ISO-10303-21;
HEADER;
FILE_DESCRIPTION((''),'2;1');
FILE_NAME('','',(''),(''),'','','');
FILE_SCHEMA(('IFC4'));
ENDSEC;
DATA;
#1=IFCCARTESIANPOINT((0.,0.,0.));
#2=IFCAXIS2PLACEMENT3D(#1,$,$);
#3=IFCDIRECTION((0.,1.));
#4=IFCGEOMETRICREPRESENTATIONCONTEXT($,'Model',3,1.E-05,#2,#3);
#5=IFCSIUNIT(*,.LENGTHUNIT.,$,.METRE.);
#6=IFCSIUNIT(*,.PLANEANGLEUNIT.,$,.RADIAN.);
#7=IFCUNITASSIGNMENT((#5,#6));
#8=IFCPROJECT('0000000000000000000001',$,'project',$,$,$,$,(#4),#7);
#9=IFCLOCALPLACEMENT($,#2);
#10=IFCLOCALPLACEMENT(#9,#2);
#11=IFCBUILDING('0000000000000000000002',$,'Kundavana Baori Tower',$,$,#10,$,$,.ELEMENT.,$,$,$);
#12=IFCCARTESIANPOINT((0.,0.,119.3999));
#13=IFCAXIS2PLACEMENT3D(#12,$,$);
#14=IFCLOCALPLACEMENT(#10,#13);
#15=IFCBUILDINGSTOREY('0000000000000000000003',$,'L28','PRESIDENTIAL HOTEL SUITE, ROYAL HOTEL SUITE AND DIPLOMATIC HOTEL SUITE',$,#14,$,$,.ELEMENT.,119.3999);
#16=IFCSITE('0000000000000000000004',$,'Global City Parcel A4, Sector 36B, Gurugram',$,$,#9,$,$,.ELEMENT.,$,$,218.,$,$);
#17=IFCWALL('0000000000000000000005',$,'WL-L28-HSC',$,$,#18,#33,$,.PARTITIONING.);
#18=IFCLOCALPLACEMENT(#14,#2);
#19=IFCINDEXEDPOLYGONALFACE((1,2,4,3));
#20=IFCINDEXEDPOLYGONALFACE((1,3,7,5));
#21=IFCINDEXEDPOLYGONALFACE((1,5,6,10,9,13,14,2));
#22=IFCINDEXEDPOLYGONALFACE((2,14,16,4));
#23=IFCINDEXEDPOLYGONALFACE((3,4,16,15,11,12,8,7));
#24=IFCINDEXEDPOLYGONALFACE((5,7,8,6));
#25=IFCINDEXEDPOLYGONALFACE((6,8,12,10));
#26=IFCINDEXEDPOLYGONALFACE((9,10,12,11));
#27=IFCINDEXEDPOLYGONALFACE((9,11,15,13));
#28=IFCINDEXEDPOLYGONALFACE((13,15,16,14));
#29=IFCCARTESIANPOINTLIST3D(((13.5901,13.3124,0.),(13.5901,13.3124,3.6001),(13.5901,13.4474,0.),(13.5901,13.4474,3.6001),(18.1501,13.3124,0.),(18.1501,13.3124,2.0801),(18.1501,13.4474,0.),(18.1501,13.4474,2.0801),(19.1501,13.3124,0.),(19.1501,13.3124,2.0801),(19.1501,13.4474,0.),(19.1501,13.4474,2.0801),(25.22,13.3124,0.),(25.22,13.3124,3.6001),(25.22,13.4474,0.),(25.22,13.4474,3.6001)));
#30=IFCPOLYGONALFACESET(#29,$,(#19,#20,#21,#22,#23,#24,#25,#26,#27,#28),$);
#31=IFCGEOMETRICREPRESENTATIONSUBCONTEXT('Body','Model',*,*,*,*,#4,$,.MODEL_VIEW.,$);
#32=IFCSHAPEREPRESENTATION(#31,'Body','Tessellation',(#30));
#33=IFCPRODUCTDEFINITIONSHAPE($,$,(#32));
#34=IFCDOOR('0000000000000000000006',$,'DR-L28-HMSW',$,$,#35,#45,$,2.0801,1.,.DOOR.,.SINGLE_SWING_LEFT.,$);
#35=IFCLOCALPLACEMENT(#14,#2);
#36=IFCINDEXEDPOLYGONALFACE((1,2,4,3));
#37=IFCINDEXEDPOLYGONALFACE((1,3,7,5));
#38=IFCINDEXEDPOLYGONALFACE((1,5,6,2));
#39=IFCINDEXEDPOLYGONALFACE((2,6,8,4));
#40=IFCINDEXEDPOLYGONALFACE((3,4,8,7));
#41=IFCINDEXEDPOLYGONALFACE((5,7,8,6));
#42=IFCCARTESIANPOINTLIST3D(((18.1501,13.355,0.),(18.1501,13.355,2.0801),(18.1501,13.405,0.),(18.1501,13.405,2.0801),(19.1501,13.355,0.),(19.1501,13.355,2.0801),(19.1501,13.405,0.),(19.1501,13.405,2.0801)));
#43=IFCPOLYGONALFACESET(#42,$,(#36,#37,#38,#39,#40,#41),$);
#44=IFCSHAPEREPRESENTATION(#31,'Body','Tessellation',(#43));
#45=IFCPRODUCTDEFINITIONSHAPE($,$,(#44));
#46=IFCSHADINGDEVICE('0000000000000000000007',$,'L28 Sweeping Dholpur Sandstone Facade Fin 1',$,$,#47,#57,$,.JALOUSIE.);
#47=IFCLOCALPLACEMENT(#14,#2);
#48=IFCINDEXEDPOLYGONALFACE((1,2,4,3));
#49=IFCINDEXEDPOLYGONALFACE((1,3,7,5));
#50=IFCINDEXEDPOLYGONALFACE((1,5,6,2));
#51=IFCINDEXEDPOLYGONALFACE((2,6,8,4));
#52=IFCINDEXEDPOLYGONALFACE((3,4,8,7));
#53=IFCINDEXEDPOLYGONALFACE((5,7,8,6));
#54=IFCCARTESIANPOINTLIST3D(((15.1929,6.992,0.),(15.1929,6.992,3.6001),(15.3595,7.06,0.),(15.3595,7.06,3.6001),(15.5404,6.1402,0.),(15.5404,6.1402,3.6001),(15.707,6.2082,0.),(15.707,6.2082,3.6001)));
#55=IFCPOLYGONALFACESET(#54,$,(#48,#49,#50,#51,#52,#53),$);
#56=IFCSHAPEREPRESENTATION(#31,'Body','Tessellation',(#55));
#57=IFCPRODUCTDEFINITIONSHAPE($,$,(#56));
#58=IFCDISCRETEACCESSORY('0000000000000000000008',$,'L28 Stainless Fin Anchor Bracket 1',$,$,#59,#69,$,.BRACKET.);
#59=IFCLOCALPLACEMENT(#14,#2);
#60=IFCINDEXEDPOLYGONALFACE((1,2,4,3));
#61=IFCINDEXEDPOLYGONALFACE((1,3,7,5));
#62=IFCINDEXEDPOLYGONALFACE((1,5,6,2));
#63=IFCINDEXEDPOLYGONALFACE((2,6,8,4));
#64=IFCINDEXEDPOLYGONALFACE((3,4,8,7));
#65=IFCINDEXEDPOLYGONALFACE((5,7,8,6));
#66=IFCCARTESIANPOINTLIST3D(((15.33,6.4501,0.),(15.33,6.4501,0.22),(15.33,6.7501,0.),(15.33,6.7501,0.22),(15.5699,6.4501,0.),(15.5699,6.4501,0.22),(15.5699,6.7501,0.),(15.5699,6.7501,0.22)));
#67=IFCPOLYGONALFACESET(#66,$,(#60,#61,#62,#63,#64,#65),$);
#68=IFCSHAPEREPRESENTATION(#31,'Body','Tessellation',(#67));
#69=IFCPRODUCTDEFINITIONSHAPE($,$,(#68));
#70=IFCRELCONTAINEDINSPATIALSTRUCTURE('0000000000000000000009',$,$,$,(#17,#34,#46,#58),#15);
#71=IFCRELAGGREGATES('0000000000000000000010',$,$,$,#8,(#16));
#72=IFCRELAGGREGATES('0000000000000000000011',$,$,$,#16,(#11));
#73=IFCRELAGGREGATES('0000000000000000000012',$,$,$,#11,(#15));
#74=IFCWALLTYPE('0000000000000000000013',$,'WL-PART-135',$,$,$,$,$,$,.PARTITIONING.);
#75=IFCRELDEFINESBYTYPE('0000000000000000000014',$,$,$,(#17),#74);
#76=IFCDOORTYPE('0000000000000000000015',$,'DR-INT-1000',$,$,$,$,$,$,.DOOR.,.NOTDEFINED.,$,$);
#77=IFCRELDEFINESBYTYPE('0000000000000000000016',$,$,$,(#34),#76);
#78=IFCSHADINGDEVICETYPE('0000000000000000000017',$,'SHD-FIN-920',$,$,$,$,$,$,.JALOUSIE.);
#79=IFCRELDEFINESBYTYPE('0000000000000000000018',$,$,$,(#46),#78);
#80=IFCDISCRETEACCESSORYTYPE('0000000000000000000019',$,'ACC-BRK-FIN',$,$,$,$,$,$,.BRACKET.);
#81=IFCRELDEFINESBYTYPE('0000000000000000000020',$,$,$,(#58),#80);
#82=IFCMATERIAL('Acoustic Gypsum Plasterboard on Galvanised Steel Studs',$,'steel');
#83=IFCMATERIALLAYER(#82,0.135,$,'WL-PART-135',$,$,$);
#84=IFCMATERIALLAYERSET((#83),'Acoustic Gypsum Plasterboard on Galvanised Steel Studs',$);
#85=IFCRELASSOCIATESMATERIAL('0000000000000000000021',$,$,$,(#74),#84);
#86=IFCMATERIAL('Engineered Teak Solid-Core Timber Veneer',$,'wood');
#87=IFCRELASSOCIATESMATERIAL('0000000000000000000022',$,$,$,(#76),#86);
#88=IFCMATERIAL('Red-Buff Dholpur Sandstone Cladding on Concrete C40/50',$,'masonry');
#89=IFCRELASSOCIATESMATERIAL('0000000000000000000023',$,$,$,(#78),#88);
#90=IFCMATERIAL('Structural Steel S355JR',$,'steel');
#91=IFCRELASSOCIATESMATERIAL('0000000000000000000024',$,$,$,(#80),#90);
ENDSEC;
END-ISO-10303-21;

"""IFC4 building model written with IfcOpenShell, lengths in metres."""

from ifc_helpers import new_model, si_unit, direction, frame, frame_2d, origin, origin_2d, place, context, subcontext, project, spatial, rectangle, extrude, material, layer, layer_set, type_object, element, fill, save


model = new_model("IFC4")

# Units and contexts
model_context = context("Model", 3, precision=1e-05, world=origin(), true_north=direction((0.0, 1.0)))
body_context = subcontext(model_context, "Body", "Model", "MODEL_VIEW")
ifc_project = project(units=[si_unit("LENGTHUNIT", "METRE"), si_unit("PLANEANGLEUNIT", "RADIAN")], contexts=[model_context])

# Site, building, storey
site_placement = place(None, origin())
site = spatial("IfcSite", under=ifc_project, at=site_placement, Name="Global City Parcel A4, Sector 36B, Gurugram", CompositionType="ELEMENT", RefElevation=218.0)
building_placement = place(site_placement, origin())
building = spatial("IfcBuilding", under=site, at=building_placement, Name="Kundavana Baori Tower", CompositionType="ELEMENT")
storey_placement = place(building_placement, frame((0.0, 0.0, 119.3999)))
storey = spatial("IfcBuildingStorey", under=building, at=storey_placement, Name="L28", Description="PRESIDENTIAL HOTEL SUITE, ROYAL HOTEL SUITE AND DIPLOMATIC HOTEL SUITE", CompositionType="ELEMENT", Elevation=119.3999)

# Shared definitions
ifc_material_1 = material(Name="Acoustic Gypsum Plasterboard on Galvanised Steel Studs", Category="steel")
ifc_layer_1 = layer(ifc_material_1, 0.135, Name="WL-PART-135")
ifc_layer_set_1 = layer_set([ifc_layer_1], Name="Acoustic Gypsum Plasterboard on Galvanised Steel Studs")
wall_type_1 = type_object("IfcWallType", Name="WL-PART-135", PredefinedType="PARTITIONING", material=ifc_layer_set_1)

# Wall, opening, door
wall_1_placement = place(storey_placement, frame((13.5901, 13.3799, 0.0), z_axis=(0.0, 0.0, 1.0), x_axis=(1.0, 0.0, 0.0)))
wall_1 = element("IfcWall", 1, at=wall_1_placement, inside=storey, type_object=wall_type_1, Name="WL-L28-HSC", PredefinedType="PARTITIONING", context=body_context, shape_type="SweptSolid", body=[
    extrude(rectangle(XDim=11.6299, YDim=0.135, at=frame_2d((5.8149, 0.0))), origin(), (0.0, 0.0, 1.0), 3.6001),
])
opening_1_placement = place(wall_1_placement, frame((4.5601, 0.0, 0.0)))
opening_1 = element("IfcOpeningElement", 2, at=opening_1_placement, cuts=wall_1, PredefinedType="OPENING", context=body_context, shape_type="SweptSolid", body=[
    extrude(rectangle(XDim=1.0, YDim=2.0801, at=frame_2d((0.5, 1.04))), frame((0.0, 0.0776, 0.0), z_axis=(0.0, -1.0, 0.0), x_axis=(1.0, 0.0, 0.0)), (0.0, 0.0, 1.0), 0.155),
])
ifc_material_2 = material(Name="Engineered Teak Solid-Core Timber Veneer", Category="wood")
door_type_1 = type_object("IfcDoorType", Name="DR-INT-1000", OperationType="NOTDEFINED", PredefinedType="DOOR", material=ifc_material_2)
door_1_placement = place(opening_1_placement, frame((1.0, 0.0, 0.0), z_axis=(0.0, 0.0, 1.0), x_axis=(-1.0, 0.0, 0.0)))
door_1 = element("IfcDoor", 3, at=door_1_placement, inside=storey, type_object=door_type_1, Name="DR-L28-HMSW", OperationType="SINGLE_SWING_LEFT", OverallHeight=2.0801, OverallWidth=1.0, PredefinedType="DOOR", context=body_context, shape_type="SweptSolid", body=[
    extrude(rectangle(XDim=1.0, YDim=2.0801, at=frame_2d((0.5, 1.04))), frame((0.0, 0.0249, 0.0), z_axis=(0.0, -1.0, 0.0), x_axis=(1.0, 0.0, 0.0)), (0.0, 0.0, 1.0), 0.05),
])
fill(opening_1, door_1)

# Shading device
ifc_material_3 = material(Name="Red-Buff Dholpur Sandstone Cladding on Concrete C40/50", Category="masonry")
shading_device_type = type_object("IfcShadingDeviceType", Name="SHD-FIN-920", PredefinedType="JALOUSIE", material=ifc_material_3)
shading_device_placement = place(storey_placement, frame((15.45, 6.6001, 0.0), z_axis=(0.0, 0.0, 1.0), x_axis=(0.925937, 0.377679, 0.0)))
element("IfcShadingDevice", 4, at=shading_device_placement, inside=storey, type_object=shading_device_type, Name="L28 Sweeping Dholpur Sandstone Facade Fin 1", PredefinedType="JALOUSIE", context=body_context, shape_type="SweptSolid", body=[
    extrude(rectangle(XDim=0.1799, YDim=0.9199, at=origin_2d()), origin(), (0.0, 0.0, 1.0), 3.6001),
])

# Discrete accessory
ifc_material_4 = material(Name="Structural Steel S355JR", Category="steel")
discrete_accessory_type = type_object("IfcDiscreteAccessoryType", Name="ACC-BRK-FIN", PredefinedType="BRACKET", material=ifc_material_4)
discrete_accessory_placement = place(storey_placement, frame((15.45, 6.6001, 0.0), z_axis=(0.0, 0.0, 1.0), x_axis=(1.0, 0.0, 0.0)))
element("IfcDiscreteAccessory", 5, at=discrete_accessory_placement, inside=storey, type_object=discrete_accessory_type, Name="L28 Stainless Fin Anchor Bracket 1", PredefinedType="BRACKET", context=body_context, shape_type="SweptSolid", body=[
    extrude(rectangle(XDim=0.24, YDim=0.3, at=origin_2d()), origin(), (0.0, 0.0, 1.0), 0.22),
])

save(model, "model.ifc")
